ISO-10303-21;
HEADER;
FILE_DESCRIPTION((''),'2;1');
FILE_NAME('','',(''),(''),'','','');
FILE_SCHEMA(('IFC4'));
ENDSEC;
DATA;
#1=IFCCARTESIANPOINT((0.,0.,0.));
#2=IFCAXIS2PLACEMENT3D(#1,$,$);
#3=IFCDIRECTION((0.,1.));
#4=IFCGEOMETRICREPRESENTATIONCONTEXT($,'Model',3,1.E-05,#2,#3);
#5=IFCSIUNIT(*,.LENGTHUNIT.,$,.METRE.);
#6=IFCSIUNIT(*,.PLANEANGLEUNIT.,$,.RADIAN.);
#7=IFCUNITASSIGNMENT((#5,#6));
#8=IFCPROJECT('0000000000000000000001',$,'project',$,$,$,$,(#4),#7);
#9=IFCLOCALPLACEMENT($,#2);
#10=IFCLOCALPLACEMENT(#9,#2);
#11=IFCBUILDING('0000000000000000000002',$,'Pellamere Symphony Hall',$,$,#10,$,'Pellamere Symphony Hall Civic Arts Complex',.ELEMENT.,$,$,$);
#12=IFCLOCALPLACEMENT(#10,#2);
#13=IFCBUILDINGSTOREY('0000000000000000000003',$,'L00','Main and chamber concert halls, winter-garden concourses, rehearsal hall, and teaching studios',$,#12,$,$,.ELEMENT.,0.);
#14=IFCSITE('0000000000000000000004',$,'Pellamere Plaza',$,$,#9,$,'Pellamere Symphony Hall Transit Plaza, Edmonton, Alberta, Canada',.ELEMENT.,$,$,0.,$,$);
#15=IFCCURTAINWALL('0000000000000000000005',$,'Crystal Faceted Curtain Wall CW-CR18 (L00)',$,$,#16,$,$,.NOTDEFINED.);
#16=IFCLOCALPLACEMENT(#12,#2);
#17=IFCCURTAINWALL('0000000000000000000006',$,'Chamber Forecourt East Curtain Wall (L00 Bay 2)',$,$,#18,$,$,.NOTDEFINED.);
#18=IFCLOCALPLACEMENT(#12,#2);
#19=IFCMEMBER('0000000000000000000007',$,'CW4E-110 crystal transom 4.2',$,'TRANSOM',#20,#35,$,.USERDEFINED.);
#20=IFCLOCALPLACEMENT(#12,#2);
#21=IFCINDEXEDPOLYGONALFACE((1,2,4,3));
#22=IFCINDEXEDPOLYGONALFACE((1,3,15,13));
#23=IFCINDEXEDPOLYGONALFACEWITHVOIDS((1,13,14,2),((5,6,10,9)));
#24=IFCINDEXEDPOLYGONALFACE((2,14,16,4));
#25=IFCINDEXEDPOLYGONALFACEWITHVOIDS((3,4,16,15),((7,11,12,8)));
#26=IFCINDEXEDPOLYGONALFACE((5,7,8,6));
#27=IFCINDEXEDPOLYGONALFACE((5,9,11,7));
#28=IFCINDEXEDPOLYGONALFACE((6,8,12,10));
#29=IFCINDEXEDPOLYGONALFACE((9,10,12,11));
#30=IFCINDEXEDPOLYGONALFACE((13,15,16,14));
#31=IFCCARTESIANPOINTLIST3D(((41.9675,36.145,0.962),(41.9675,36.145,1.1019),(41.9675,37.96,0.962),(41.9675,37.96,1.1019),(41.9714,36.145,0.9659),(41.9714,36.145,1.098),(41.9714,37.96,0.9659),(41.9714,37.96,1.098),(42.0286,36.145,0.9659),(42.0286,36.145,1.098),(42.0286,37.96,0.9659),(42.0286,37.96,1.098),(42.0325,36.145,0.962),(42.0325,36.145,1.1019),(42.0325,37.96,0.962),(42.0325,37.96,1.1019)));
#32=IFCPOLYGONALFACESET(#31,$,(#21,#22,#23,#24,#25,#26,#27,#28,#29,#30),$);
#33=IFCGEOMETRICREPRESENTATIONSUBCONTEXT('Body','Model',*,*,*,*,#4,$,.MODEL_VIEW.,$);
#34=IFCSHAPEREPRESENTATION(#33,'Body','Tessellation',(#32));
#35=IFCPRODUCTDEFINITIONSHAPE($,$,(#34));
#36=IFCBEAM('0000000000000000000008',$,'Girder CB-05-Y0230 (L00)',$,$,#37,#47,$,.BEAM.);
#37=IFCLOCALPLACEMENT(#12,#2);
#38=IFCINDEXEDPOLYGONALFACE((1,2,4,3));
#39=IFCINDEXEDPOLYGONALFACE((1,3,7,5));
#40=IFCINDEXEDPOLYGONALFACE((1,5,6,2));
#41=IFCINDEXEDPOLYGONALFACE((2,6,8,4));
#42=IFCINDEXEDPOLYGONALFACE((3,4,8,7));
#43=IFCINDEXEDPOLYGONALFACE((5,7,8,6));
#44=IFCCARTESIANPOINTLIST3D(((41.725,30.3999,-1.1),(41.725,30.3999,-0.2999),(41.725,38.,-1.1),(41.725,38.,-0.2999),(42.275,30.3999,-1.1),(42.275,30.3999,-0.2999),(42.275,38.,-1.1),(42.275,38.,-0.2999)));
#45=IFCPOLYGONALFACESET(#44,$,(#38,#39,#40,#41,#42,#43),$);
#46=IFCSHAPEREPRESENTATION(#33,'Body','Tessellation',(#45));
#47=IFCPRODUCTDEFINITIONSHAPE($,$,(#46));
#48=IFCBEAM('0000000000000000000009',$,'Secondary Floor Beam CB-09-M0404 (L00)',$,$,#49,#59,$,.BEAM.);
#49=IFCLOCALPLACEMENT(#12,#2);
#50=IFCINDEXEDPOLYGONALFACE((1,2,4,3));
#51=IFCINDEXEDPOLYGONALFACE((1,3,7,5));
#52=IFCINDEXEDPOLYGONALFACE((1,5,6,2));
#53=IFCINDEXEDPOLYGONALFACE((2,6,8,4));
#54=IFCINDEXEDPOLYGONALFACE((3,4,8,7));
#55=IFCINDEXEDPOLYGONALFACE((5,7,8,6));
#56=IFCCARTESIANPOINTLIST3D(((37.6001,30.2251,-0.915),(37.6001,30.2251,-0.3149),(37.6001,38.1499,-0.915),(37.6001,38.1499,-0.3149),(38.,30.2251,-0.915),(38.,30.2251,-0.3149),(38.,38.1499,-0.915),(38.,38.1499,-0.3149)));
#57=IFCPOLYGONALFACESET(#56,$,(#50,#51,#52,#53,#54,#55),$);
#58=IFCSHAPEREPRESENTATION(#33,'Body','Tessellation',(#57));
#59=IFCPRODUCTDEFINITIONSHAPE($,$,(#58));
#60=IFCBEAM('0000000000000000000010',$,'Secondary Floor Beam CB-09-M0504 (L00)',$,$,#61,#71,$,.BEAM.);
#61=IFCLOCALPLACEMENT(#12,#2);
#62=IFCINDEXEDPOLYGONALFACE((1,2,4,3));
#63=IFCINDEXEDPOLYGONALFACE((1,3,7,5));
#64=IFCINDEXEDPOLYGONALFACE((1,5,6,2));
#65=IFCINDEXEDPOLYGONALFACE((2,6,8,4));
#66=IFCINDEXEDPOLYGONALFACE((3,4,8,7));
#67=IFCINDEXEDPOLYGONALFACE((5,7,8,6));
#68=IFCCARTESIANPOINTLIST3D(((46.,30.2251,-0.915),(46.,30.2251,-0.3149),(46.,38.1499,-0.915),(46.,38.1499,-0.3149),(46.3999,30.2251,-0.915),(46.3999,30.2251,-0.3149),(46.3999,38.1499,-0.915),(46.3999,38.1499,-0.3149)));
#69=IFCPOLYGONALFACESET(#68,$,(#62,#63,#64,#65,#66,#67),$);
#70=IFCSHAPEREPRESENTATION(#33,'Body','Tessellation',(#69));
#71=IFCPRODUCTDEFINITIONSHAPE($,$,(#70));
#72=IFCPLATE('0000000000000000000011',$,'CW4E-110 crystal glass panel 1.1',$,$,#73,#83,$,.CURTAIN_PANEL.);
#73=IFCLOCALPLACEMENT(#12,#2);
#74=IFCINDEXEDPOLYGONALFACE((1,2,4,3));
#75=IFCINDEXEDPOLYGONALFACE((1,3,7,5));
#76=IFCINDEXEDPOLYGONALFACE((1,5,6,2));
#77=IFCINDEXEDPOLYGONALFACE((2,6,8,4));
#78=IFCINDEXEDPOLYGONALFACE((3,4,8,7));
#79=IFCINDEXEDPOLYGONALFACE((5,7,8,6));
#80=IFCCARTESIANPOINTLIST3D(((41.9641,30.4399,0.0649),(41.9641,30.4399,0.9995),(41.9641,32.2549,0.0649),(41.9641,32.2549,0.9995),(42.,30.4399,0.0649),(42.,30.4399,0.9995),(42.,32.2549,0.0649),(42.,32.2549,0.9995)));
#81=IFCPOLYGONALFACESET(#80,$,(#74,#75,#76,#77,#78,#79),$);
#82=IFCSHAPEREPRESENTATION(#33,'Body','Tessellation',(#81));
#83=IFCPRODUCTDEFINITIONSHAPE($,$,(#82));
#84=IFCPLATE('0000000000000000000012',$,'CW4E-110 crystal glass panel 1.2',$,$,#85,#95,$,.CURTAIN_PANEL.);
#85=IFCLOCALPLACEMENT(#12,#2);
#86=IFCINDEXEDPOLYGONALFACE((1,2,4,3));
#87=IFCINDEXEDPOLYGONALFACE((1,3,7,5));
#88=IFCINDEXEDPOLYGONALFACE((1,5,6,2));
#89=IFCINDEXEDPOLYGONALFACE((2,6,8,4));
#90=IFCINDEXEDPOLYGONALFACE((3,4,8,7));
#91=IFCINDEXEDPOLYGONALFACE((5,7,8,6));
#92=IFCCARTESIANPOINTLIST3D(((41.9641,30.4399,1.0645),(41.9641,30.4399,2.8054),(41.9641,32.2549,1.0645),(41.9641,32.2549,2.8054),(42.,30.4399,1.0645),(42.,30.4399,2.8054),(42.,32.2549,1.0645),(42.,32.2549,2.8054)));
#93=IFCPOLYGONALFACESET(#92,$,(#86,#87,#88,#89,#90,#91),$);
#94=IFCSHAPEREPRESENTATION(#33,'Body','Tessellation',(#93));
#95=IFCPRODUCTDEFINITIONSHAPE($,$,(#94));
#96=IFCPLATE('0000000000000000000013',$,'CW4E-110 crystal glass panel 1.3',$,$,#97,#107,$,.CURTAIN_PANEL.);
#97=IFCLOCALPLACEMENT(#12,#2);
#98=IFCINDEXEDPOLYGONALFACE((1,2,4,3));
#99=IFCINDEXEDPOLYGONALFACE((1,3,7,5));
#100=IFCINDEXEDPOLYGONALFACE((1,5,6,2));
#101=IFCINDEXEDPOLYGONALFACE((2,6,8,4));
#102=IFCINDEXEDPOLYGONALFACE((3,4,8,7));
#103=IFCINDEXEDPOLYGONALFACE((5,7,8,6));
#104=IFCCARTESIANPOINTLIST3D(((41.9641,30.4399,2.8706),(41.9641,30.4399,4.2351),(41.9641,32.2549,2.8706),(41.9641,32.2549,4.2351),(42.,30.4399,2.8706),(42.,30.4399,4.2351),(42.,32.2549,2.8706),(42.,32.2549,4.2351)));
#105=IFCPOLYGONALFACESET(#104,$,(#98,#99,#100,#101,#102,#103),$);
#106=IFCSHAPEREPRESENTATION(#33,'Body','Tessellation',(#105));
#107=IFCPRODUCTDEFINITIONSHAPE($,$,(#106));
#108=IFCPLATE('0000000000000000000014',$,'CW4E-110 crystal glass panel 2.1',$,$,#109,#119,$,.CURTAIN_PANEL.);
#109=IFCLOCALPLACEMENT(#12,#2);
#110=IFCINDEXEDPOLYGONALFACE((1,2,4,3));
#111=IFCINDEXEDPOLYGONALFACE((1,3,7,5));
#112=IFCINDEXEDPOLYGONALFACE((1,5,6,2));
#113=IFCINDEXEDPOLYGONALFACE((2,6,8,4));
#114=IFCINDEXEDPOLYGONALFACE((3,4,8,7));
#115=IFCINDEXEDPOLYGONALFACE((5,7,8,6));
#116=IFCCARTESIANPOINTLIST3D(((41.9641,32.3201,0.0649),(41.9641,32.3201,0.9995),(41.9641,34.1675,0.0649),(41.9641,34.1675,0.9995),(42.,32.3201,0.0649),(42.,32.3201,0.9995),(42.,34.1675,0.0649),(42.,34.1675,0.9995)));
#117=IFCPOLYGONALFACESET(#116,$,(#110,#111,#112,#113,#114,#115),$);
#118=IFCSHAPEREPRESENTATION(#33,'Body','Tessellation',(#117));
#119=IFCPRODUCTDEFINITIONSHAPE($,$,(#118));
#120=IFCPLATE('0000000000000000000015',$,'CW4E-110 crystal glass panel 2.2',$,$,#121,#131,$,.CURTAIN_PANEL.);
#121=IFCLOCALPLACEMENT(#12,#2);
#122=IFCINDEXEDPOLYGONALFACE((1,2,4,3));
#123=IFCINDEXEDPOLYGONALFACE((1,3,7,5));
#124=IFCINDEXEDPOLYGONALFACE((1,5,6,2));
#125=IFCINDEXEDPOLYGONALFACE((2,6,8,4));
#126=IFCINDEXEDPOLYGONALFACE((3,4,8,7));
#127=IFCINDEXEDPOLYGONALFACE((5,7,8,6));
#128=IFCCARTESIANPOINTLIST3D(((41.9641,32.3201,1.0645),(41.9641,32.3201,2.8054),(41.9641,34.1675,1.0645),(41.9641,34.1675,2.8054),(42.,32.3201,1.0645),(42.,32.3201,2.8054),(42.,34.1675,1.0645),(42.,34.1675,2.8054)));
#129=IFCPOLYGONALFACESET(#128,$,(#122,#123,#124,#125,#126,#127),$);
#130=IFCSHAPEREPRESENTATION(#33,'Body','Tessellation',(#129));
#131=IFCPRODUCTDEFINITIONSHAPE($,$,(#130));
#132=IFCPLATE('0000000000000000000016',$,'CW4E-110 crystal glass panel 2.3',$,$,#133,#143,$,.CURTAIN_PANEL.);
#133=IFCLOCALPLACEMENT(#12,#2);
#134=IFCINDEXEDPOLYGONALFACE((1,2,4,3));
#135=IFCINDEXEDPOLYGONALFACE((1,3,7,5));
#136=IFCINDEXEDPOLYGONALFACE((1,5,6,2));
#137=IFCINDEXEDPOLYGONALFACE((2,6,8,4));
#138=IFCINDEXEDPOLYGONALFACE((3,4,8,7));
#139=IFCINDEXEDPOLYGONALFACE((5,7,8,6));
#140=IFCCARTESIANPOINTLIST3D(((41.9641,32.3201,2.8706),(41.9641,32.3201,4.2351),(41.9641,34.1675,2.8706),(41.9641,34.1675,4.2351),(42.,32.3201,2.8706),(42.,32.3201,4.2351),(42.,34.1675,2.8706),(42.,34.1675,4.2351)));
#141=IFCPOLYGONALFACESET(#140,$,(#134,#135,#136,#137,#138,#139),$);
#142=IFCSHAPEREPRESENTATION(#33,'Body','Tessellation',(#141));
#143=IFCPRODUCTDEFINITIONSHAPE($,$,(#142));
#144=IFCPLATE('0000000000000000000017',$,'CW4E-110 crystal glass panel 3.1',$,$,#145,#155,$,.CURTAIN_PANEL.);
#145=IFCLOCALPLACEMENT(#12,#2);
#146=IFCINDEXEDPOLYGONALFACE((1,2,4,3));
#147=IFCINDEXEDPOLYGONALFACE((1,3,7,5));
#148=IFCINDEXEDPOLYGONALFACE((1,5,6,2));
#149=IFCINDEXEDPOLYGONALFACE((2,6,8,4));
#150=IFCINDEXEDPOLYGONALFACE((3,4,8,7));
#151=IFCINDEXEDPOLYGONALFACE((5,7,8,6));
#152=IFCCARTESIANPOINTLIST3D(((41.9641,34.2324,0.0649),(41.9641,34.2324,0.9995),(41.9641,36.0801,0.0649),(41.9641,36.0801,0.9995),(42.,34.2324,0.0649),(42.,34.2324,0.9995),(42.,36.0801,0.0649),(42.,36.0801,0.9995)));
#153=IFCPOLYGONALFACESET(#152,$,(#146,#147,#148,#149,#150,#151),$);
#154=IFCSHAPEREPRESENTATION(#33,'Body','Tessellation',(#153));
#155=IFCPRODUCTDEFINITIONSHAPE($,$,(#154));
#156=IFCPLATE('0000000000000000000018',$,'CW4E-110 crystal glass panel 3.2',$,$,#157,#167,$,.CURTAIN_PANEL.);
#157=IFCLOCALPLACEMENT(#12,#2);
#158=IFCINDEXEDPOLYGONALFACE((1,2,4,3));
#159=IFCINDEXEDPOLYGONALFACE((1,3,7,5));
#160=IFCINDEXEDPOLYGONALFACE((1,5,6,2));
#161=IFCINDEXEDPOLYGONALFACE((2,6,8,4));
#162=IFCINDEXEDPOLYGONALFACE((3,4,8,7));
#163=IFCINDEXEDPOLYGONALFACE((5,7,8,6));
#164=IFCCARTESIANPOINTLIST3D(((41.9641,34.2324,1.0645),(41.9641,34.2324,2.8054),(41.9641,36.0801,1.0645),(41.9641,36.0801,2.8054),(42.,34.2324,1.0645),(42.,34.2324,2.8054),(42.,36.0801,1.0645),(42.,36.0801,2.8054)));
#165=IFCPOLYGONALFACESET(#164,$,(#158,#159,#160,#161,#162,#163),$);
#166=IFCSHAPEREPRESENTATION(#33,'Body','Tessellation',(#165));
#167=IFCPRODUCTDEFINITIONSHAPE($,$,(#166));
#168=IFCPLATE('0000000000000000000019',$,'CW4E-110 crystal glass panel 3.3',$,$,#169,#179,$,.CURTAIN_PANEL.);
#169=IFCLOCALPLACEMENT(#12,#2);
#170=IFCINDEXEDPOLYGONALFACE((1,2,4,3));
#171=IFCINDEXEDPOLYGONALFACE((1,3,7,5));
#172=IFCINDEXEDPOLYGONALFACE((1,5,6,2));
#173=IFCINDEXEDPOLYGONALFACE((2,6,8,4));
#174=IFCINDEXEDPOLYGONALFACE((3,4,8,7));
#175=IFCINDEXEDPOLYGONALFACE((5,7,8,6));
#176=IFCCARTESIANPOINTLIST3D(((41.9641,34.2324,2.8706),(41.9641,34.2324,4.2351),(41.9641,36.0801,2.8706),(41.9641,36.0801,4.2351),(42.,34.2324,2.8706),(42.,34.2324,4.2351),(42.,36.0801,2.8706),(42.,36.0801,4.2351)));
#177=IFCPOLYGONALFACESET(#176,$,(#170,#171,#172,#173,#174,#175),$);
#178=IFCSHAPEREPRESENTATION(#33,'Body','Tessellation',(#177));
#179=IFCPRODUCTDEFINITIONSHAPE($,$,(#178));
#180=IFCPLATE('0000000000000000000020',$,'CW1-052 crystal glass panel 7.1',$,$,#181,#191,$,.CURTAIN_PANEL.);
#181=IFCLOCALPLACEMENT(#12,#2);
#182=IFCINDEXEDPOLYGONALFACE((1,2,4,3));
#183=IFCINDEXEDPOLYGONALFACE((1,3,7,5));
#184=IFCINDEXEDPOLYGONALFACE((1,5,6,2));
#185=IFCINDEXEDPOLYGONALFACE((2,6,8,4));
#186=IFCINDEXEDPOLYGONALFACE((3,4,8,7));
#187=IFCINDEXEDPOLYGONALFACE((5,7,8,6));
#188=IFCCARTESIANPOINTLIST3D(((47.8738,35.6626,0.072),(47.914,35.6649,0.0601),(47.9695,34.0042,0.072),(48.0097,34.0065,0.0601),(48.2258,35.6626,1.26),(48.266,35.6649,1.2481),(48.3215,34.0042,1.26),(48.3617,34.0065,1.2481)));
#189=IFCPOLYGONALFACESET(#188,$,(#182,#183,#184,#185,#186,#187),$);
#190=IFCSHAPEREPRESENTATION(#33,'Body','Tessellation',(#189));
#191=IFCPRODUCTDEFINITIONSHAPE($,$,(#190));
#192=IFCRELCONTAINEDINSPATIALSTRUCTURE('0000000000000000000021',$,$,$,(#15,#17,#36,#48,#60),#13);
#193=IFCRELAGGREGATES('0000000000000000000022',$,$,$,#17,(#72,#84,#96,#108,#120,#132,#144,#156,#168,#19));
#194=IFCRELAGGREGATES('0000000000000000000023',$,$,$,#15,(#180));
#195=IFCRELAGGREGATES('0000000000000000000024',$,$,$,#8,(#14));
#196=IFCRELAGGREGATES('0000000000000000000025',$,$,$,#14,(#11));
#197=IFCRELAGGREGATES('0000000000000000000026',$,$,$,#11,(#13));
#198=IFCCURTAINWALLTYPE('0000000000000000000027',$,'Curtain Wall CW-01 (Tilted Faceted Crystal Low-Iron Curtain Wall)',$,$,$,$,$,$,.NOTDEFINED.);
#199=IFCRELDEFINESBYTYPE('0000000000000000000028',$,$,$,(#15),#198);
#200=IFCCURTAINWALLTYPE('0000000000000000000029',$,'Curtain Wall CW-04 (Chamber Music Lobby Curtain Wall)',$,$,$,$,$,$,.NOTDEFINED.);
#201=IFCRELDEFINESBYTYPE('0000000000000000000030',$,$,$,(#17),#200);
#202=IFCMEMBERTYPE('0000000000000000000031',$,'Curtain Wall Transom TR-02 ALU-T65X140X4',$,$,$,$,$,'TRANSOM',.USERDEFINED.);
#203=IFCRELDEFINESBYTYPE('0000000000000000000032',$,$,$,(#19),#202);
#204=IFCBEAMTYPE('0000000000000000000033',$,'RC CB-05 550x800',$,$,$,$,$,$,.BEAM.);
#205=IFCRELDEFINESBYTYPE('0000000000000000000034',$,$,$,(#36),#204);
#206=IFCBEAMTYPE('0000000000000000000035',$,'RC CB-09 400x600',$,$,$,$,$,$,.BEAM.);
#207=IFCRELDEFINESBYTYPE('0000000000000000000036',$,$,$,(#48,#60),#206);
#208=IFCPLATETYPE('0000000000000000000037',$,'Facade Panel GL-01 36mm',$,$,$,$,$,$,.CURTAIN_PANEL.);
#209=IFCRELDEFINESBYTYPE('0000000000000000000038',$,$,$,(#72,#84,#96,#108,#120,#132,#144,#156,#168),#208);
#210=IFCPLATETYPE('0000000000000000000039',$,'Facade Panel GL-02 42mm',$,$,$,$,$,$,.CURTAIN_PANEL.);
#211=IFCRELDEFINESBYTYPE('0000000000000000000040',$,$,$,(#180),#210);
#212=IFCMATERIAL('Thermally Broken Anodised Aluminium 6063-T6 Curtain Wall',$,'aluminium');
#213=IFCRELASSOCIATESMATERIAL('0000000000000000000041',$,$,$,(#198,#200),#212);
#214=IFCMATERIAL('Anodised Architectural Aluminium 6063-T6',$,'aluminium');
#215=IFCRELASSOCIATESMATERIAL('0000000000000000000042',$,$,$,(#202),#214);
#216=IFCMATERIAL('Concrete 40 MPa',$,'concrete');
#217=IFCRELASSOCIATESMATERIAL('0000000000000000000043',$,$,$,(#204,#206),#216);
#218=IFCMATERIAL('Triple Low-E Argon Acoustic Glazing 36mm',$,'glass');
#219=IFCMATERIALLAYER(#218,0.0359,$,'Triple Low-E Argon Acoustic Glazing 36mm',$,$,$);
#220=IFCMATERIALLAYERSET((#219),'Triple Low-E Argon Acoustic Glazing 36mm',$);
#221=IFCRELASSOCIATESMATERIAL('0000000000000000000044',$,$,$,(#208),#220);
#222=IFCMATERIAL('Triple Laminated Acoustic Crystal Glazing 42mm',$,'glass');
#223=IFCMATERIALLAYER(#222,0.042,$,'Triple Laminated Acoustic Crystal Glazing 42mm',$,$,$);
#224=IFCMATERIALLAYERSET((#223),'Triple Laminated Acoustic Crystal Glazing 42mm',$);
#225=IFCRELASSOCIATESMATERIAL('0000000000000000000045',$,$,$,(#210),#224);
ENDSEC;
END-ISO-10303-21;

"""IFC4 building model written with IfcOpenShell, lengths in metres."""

from ifc_helpers import new_model, si_unit, direction, frame, origin, origin_2d, place, context, subcontext, project, spatial, polyline, rectangle, hollow_rectangle, outline, extrude, material, layer, layer_set, material_profile, profile_set, type_object, element, aggregate, save


model = new_model("IFC4")

# Units and contexts
model_context = context("Model", 3, precision=1e-05, world=origin(), true_north=direction((0.0, 1.0)))
body_context = subcontext(model_context, "Body", "Model", "MODEL_VIEW")
ifc_project = project(units=[si_unit("LENGTHUNIT", "METRE"), si_unit("PLANEANGLEUNIT", "RADIAN")], contexts=[model_context])

# Site, building, storey
site_placement = place(None, origin())
site = spatial("IfcSite", under=ifc_project, at=site_placement, Name="Pellamere Plaza", LongName="Pellamere Symphony Hall Transit Plaza, Edmonton, Alberta, Canada", CompositionType="ELEMENT", RefElevation=0.0)
building_placement = place(site_placement, origin())
building = spatial("IfcBuilding", under=site, at=building_placement, Name="Pellamere Symphony Hall", LongName="Pellamere Symphony Hall Civic Arts Complex", CompositionType="ELEMENT")
storey_placement = place(building_placement, origin())
storey = spatial("IfcBuildingStorey", under=building, at=storey_placement, Name="L00", Description="Main and chamber concert halls, winter-garden concourses, rehearsal hall, and teaching studios", CompositionType="ELEMENT", Elevation=0.0)

# Curtain walls
ifc_material_1 = material(Name="Thermally Broken Anodised Aluminium 6063-T6 Curtain Wall", Category="aluminium")
curtain_wall_type_1 = type_object("IfcCurtainWallType", Name="Curtain Wall CW-01 (Tilted Faceted Crystal Low-Iron Curtain Wall)", PredefinedType="NOTDEFINED", material=ifc_material_1)
curtain_wall_1_placement = place(storey_placement, origin())
curtain_wall_1 = element("IfcCurtainWall", 1, at=curtain_wall_1_placement, inside=storey, type_object=curtain_wall_type_1, Name="Crystal Faceted Curtain Wall CW-CR18 (L00)", PredefinedType="NOTDEFINED")
ifc_material_2 = material(Name="Anodised Architectural Aluminium 6063-T6", Category="aluminium")
curtain_wall_type_2 = type_object("IfcCurtainWallType", Name="Curtain Wall CW-04 (Chamber Music Lobby Curtain Wall)", PredefinedType="NOTDEFINED", material=ifc_material_1)
curtain_wall_2_placement = place(storey_placement, origin())
curtain_wall_2 = element("IfcCurtainWall", 2, at=curtain_wall_2_placement, inside=storey, type_object=curtain_wall_type_2, Name="Chamber Forecourt East Curtain Wall (L00 Bay 2)", PredefinedType="NOTDEFINED")

# Member
ifc_material_profile_1 = material_profile(ifc_material_2, hollow_rectangle(XDim=0.0649, YDim=0.1399, WallThickness=0.0039, at=origin_2d()), Name="ALU-T65X140X4")
ifc_profile_set_1 = profile_set([ifc_material_profile_1], Name="Anodised Architectural Aluminium 6063-T6")
member_type_1 = type_object("IfcMemberType", Name="Curtain Wall Transom TR-02 ALU-T65X140X4", ElementType="TRANSOM", PredefinedType="USERDEFINED", material=ifc_profile_set_1)
member_1_placement = place(storey_placement, frame((42.0, 36.145, 1.032), z_axis=(0.0, 1.0, 0.0), x_axis=(-1.0, 0.0, 0.0)))
member_1 = element("IfcMember", 3, at=member_1_placement, type_object=member_type_1, Name="CW4E-110 crystal transom 4.2", ObjectType="TRANSOM", PredefinedType="USERDEFINED", context=body_context, shape_type="SweptSolid", body=[
    extrude(hollow_rectangle(XDim=0.0649, YDim=0.1399, WallThickness=0.0039, at=origin_2d()), origin(), (0.0, 0.0, 1.0), 1.8149),
])

# Beams
ifc_material_3 = material(Name="Concrete 40 MPa", Category="concrete")
ifc_material_profile_2 = material_profile(ifc_material_3, rectangle(XDim=0.55, YDim=0.8, at=origin_2d()), Name="RC 550x800")
ifc_profile_set_2 = profile_set([ifc_material_profile_2], Name="Concrete 40 MPa")
beam_type_1 = type_object("IfcBeamType", Name="RC CB-05 550x800", PredefinedType="BEAM", material=ifc_profile_set_2)
beam_placement = place(storey_placement, frame((42.0, 30.3999, -0.7), z_axis=(0.0, 1.0, 0.0), x_axis=(-1.0, 0.0, 0.0)))
element("IfcBeam", 4, at=beam_placement, inside=storey, type_object=beam_type_1, Name="Girder CB-05-Y0230 (L00)", PredefinedType="BEAM", context=body_context, shape_type="SweptSolid", body=[
    extrude(rectangle(XDim=0.55, YDim=0.8, at=origin_2d()), origin(), (0.0, 0.0, 1.0), 7.6001),
])
ifc_material_profile_3 = material_profile(ifc_material_3, rectangle(XDim=0.3999, YDim=0.6001, at=origin_2d()), Name="RC 400x600")
ifc_profile_set_3 = profile_set([ifc_material_profile_3], Name="Concrete 40 MPa")
beam_type_2 = type_object("IfcBeamType", Name="RC CB-09 400x600", PredefinedType="BEAM", material=ifc_profile_set_3)
for number, where, z_axis, x_axis, name in (
    (5, (37.8, 30.2251, -0.615), (0.0, 1.0, 0.0), (-1.0, 0.0, 0.0), "Secondary Floor Beam CB-09-M0404 (L00)"),
    (6, (46.2, 30.2251, -0.615), (0.0, 1.0, 0.0), (-1.0, 0.0, 0.0), "Secondary Floor Beam CB-09-M0504 (L00)"),
):
    element("IfcBeam", number, at=place(storey_placement, frame(where, z_axis=z_axis, x_axis=x_axis)), inside=storey, type_object=beam_type_2, Name=name, PredefinedType="BEAM", context=body_context, shape_type="SweptSolid", body=[
        extrude(rectangle(XDim=0.3999, YDim=0.6001, at=origin_2d()), origin(), (0.0, 0.0, 1.0), 7.9248),
    ])

# Plates
ifc_material_4 = material(Name="Triple Low-E Argon Acoustic Glazing 36mm", Category="glass")
ifc_layer_1 = layer(ifc_material_4, 0.0359, Name="Triple Low-E Argon Acoustic Glazing 36mm")
ifc_layer_set_1 = layer_set([ifc_layer_1], Name="Triple Low-E Argon Acoustic Glazing 36mm")
plate_type_1 = type_object("IfcPlateType", Name="Facade Panel GL-01 36mm", PredefinedType="CURTAIN_PANEL", material=ifc_layer_set_1)
plate_1_placement = place(storey_placement, frame((42.0, 30.4399, 0.0649), z_axis=(1.0, 0.0, 0.0), x_axis=(0.0, 1.0, 0.0)))
plate_1 = element("IfcPlate", 7, at=plate_1_placement, type_object=plate_type_1, Name="CW4E-110 crystal glass panel 1.1", PredefinedType="CURTAIN_PANEL", context=body_context, shape_type="SweptSolid", body=[
    extrude(outline(polyline([(0.0, 0.0), (1.8149, 0.0), (1.8149, 0.9346), (0.0, 0.9346), (0.0, 0.0)])), origin(), (0.0, 0.0, -1.0), 0.0359),
])
plate_2_placement = place(storey_placement, frame((42.0, 30.4399, 1.0645), z_axis=(1.0, 0.0, 0.0), x_axis=(0.0, 1.0, 0.0)))
plate_2 = element("IfcPlate", 8, at=plate_2_placement, type_object=plate_type_1, Name="CW4E-110 crystal glass panel 1.2", PredefinedType="CURTAIN_PANEL", context=body_context, shape_type="SweptSolid", body=[
    extrude(outline(polyline([(0.0, 0.0), (1.8149, 0.0), (1.8149, 1.741), (0.0, 1.741), (0.0, 0.0)])), origin(), (0.0, 0.0, -1.0), 0.0359),
])
plate_3_placement = place(storey_placement, frame((42.0, 30.4399, 2.8706), z_axis=(1.0, 0.0, 0.0), x_axis=(0.0, 1.0, 0.0)))
plate_3 = element("IfcPlate", 9, at=plate_3_placement, type_object=plate_type_1, Name="CW4E-110 crystal glass panel 1.3", PredefinedType="CURTAIN_PANEL", context=body_context, shape_type="SweptSolid", body=[
    extrude(outline(polyline([(0.0, 0.0), (1.8149, 0.0), (1.8149, 1.3645), (0.0, 1.3645), (0.0, 0.0)])), origin(), (0.0, 0.0, -1.0), 0.0359),
])
plate_4_placement = place(storey_placement, frame((42.0, 32.3201, 0.0649), z_axis=(1.0, 0.0, 0.0), x_axis=(0.0, 1.0, 0.0)))
plate_4 = element("IfcPlate", 10, at=plate_4_placement, type_object=plate_type_1, Name="CW4E-110 crystal glass panel 2.1", PredefinedType="CURTAIN_PANEL", context=body_context, shape_type="SweptSolid", body=[
    extrude(outline(polyline([(0.0, 0.0), (1.8474, 0.0), (1.8474, 0.9346), (0.0, 0.9346), (0.0, 0.0)])), origin(), (0.0, 0.0, -1.0), 0.0359),
])
plate_5_placement = place(storey_placement, frame((42.0, 32.3201, 1.0645), z_axis=(1.0, 0.0, 0.0), x_axis=(0.0, 1.0, 0.0)))
plate_5 = element("IfcPlate", 11, at=plate_5_placement, type_object=plate_type_1, Name="CW4E-110 crystal glass panel 2.2", PredefinedType="CURTAIN_PANEL", context=body_context, shape_type="SweptSolid", body=[
    extrude(outline(polyline([(0.0, 0.0), (1.8474, 0.0), (1.8474, 1.741), (0.0, 1.741), (0.0, 0.0)])), origin(), (0.0, 0.0, -1.0), 0.0359),
])
plate_6_placement = place(storey_placement, frame((42.0, 32.3201, 2.8706), z_axis=(1.0, 0.0, 0.0), x_axis=(0.0, 1.0, 0.0)))
plate_6 = element("IfcPlate", 12, at=plate_6_placement, type_object=plate_type_1, Name="CW4E-110 crystal glass panel 2.3", PredefinedType="CURTAIN_PANEL", context=body_context, shape_type="SweptSolid", body=[
    extrude(outline(polyline([(0.0, 0.0), (1.8474, 0.0), (1.8474, 1.3645), (0.0, 1.3645), (0.0, 0.0)])), origin(), (0.0, 0.0, -1.0), 0.0359),
])
plate_7_placement = place(storey_placement, frame((42.0, 34.2324, 0.0649), z_axis=(1.0, 0.0, 0.0), x_axis=(0.0, 1.0, 0.0)))
plate_7 = element("IfcPlate", 13, at=plate_7_placement, type_object=plate_type_1, Name="CW4E-110 crystal glass panel 3.1", PredefinedType="CURTAIN_PANEL", context=body_context, shape_type="SweptSolid", body=[
    extrude(outline(polyline([(0.0, 0.0), (1.8477, 0.0), (1.8477, 0.9346), (0.0, 0.9346), (0.0, 0.0)])), origin(), (0.0, 0.0, -1.0), 0.0359),
])
plate_8_placement = place(storey_placement, frame((42.0, 34.2324, 1.0645), z_axis=(1.0, 0.0, 0.0), x_axis=(0.0, 1.0, 0.0)))
plate_8 = element("IfcPlate", 14, at=plate_8_placement, type_object=plate_type_1, Name="CW4E-110 crystal glass panel 3.2", PredefinedType="CURTAIN_PANEL", context=body_context, shape_type="SweptSolid", body=[
    extrude(outline(polyline([(0.0, 0.0), (1.8477, 0.0), (1.8477, 1.741), (0.0, 1.741), (0.0, 0.0)])), origin(), (0.0, 0.0, -1.0), 0.0359),
])
plate_9_placement = place(storey_placement, frame((42.0, 34.2324, 2.8706), z_axis=(1.0, 0.0, 0.0), x_axis=(0.0, 1.0, 0.0)))
plate_9 = element("IfcPlate", 15, at=plate_9_placement, type_object=plate_type_1, Name="CW4E-110 crystal glass panel 3.3", PredefinedType="CURTAIN_PANEL", context=body_context, shape_type="SweptSolid", body=[
    extrude(outline(polyline([(0.0, 0.0), (1.8477, 0.0), (1.8477, 1.3645), (0.0, 1.3645), (0.0, 0.0)])), origin(), (0.0, 0.0, -1.0), 0.0359),
])
aggregate(curtain_wall_2, [plate_1, plate_2, plate_3, plate_4, plate_5, plate_6, plate_7, plate_8, plate_9, member_1])
ifc_material_5 = material(Name="Triple Laminated Acoustic Crystal Glazing 42mm", Category="glass")
ifc_layer_2 = layer(ifc_material_5, 0.042, Name="Triple Laminated Acoustic Crystal Glazing 42mm")
ifc_layer_set_2 = layer_set([ifc_layer_2], Name="Triple Laminated Acoustic Crystal Glazing 42mm")
plate_type_2 = type_object("IfcPlateType", Name="Facade Panel GL-02 42mm", PredefinedType="CURTAIN_PANEL", material=ifc_layer_set_2)
plate_10_placement = place(storey_placement, frame((47.8738, 35.6626, 0.072), z_axis=(-0.957322, -0.055244, 0.283695), x_axis=(0.057611, -0.998339, 0.0)))
plate_10 = element("IfcPlate", 16, at=plate_10_placement, type_object=plate_type_2, Name="CW1-052 crystal glass panel 7.1", PredefinedType="CURTAIN_PANEL", context=body_context, shape_type="SweptSolid", body=[
    extrude(outline(polyline([(0.0, 0.0), (1.6612, 0.0), (1.6815, 1.2389), (0.0203, 1.2389), (0.0, 0.0)])), origin(), (0.0, 0.0, -1.0), 0.042),
])
aggregate(curtain_wall_1, [plate_10])

save(model, "model.ifc")
